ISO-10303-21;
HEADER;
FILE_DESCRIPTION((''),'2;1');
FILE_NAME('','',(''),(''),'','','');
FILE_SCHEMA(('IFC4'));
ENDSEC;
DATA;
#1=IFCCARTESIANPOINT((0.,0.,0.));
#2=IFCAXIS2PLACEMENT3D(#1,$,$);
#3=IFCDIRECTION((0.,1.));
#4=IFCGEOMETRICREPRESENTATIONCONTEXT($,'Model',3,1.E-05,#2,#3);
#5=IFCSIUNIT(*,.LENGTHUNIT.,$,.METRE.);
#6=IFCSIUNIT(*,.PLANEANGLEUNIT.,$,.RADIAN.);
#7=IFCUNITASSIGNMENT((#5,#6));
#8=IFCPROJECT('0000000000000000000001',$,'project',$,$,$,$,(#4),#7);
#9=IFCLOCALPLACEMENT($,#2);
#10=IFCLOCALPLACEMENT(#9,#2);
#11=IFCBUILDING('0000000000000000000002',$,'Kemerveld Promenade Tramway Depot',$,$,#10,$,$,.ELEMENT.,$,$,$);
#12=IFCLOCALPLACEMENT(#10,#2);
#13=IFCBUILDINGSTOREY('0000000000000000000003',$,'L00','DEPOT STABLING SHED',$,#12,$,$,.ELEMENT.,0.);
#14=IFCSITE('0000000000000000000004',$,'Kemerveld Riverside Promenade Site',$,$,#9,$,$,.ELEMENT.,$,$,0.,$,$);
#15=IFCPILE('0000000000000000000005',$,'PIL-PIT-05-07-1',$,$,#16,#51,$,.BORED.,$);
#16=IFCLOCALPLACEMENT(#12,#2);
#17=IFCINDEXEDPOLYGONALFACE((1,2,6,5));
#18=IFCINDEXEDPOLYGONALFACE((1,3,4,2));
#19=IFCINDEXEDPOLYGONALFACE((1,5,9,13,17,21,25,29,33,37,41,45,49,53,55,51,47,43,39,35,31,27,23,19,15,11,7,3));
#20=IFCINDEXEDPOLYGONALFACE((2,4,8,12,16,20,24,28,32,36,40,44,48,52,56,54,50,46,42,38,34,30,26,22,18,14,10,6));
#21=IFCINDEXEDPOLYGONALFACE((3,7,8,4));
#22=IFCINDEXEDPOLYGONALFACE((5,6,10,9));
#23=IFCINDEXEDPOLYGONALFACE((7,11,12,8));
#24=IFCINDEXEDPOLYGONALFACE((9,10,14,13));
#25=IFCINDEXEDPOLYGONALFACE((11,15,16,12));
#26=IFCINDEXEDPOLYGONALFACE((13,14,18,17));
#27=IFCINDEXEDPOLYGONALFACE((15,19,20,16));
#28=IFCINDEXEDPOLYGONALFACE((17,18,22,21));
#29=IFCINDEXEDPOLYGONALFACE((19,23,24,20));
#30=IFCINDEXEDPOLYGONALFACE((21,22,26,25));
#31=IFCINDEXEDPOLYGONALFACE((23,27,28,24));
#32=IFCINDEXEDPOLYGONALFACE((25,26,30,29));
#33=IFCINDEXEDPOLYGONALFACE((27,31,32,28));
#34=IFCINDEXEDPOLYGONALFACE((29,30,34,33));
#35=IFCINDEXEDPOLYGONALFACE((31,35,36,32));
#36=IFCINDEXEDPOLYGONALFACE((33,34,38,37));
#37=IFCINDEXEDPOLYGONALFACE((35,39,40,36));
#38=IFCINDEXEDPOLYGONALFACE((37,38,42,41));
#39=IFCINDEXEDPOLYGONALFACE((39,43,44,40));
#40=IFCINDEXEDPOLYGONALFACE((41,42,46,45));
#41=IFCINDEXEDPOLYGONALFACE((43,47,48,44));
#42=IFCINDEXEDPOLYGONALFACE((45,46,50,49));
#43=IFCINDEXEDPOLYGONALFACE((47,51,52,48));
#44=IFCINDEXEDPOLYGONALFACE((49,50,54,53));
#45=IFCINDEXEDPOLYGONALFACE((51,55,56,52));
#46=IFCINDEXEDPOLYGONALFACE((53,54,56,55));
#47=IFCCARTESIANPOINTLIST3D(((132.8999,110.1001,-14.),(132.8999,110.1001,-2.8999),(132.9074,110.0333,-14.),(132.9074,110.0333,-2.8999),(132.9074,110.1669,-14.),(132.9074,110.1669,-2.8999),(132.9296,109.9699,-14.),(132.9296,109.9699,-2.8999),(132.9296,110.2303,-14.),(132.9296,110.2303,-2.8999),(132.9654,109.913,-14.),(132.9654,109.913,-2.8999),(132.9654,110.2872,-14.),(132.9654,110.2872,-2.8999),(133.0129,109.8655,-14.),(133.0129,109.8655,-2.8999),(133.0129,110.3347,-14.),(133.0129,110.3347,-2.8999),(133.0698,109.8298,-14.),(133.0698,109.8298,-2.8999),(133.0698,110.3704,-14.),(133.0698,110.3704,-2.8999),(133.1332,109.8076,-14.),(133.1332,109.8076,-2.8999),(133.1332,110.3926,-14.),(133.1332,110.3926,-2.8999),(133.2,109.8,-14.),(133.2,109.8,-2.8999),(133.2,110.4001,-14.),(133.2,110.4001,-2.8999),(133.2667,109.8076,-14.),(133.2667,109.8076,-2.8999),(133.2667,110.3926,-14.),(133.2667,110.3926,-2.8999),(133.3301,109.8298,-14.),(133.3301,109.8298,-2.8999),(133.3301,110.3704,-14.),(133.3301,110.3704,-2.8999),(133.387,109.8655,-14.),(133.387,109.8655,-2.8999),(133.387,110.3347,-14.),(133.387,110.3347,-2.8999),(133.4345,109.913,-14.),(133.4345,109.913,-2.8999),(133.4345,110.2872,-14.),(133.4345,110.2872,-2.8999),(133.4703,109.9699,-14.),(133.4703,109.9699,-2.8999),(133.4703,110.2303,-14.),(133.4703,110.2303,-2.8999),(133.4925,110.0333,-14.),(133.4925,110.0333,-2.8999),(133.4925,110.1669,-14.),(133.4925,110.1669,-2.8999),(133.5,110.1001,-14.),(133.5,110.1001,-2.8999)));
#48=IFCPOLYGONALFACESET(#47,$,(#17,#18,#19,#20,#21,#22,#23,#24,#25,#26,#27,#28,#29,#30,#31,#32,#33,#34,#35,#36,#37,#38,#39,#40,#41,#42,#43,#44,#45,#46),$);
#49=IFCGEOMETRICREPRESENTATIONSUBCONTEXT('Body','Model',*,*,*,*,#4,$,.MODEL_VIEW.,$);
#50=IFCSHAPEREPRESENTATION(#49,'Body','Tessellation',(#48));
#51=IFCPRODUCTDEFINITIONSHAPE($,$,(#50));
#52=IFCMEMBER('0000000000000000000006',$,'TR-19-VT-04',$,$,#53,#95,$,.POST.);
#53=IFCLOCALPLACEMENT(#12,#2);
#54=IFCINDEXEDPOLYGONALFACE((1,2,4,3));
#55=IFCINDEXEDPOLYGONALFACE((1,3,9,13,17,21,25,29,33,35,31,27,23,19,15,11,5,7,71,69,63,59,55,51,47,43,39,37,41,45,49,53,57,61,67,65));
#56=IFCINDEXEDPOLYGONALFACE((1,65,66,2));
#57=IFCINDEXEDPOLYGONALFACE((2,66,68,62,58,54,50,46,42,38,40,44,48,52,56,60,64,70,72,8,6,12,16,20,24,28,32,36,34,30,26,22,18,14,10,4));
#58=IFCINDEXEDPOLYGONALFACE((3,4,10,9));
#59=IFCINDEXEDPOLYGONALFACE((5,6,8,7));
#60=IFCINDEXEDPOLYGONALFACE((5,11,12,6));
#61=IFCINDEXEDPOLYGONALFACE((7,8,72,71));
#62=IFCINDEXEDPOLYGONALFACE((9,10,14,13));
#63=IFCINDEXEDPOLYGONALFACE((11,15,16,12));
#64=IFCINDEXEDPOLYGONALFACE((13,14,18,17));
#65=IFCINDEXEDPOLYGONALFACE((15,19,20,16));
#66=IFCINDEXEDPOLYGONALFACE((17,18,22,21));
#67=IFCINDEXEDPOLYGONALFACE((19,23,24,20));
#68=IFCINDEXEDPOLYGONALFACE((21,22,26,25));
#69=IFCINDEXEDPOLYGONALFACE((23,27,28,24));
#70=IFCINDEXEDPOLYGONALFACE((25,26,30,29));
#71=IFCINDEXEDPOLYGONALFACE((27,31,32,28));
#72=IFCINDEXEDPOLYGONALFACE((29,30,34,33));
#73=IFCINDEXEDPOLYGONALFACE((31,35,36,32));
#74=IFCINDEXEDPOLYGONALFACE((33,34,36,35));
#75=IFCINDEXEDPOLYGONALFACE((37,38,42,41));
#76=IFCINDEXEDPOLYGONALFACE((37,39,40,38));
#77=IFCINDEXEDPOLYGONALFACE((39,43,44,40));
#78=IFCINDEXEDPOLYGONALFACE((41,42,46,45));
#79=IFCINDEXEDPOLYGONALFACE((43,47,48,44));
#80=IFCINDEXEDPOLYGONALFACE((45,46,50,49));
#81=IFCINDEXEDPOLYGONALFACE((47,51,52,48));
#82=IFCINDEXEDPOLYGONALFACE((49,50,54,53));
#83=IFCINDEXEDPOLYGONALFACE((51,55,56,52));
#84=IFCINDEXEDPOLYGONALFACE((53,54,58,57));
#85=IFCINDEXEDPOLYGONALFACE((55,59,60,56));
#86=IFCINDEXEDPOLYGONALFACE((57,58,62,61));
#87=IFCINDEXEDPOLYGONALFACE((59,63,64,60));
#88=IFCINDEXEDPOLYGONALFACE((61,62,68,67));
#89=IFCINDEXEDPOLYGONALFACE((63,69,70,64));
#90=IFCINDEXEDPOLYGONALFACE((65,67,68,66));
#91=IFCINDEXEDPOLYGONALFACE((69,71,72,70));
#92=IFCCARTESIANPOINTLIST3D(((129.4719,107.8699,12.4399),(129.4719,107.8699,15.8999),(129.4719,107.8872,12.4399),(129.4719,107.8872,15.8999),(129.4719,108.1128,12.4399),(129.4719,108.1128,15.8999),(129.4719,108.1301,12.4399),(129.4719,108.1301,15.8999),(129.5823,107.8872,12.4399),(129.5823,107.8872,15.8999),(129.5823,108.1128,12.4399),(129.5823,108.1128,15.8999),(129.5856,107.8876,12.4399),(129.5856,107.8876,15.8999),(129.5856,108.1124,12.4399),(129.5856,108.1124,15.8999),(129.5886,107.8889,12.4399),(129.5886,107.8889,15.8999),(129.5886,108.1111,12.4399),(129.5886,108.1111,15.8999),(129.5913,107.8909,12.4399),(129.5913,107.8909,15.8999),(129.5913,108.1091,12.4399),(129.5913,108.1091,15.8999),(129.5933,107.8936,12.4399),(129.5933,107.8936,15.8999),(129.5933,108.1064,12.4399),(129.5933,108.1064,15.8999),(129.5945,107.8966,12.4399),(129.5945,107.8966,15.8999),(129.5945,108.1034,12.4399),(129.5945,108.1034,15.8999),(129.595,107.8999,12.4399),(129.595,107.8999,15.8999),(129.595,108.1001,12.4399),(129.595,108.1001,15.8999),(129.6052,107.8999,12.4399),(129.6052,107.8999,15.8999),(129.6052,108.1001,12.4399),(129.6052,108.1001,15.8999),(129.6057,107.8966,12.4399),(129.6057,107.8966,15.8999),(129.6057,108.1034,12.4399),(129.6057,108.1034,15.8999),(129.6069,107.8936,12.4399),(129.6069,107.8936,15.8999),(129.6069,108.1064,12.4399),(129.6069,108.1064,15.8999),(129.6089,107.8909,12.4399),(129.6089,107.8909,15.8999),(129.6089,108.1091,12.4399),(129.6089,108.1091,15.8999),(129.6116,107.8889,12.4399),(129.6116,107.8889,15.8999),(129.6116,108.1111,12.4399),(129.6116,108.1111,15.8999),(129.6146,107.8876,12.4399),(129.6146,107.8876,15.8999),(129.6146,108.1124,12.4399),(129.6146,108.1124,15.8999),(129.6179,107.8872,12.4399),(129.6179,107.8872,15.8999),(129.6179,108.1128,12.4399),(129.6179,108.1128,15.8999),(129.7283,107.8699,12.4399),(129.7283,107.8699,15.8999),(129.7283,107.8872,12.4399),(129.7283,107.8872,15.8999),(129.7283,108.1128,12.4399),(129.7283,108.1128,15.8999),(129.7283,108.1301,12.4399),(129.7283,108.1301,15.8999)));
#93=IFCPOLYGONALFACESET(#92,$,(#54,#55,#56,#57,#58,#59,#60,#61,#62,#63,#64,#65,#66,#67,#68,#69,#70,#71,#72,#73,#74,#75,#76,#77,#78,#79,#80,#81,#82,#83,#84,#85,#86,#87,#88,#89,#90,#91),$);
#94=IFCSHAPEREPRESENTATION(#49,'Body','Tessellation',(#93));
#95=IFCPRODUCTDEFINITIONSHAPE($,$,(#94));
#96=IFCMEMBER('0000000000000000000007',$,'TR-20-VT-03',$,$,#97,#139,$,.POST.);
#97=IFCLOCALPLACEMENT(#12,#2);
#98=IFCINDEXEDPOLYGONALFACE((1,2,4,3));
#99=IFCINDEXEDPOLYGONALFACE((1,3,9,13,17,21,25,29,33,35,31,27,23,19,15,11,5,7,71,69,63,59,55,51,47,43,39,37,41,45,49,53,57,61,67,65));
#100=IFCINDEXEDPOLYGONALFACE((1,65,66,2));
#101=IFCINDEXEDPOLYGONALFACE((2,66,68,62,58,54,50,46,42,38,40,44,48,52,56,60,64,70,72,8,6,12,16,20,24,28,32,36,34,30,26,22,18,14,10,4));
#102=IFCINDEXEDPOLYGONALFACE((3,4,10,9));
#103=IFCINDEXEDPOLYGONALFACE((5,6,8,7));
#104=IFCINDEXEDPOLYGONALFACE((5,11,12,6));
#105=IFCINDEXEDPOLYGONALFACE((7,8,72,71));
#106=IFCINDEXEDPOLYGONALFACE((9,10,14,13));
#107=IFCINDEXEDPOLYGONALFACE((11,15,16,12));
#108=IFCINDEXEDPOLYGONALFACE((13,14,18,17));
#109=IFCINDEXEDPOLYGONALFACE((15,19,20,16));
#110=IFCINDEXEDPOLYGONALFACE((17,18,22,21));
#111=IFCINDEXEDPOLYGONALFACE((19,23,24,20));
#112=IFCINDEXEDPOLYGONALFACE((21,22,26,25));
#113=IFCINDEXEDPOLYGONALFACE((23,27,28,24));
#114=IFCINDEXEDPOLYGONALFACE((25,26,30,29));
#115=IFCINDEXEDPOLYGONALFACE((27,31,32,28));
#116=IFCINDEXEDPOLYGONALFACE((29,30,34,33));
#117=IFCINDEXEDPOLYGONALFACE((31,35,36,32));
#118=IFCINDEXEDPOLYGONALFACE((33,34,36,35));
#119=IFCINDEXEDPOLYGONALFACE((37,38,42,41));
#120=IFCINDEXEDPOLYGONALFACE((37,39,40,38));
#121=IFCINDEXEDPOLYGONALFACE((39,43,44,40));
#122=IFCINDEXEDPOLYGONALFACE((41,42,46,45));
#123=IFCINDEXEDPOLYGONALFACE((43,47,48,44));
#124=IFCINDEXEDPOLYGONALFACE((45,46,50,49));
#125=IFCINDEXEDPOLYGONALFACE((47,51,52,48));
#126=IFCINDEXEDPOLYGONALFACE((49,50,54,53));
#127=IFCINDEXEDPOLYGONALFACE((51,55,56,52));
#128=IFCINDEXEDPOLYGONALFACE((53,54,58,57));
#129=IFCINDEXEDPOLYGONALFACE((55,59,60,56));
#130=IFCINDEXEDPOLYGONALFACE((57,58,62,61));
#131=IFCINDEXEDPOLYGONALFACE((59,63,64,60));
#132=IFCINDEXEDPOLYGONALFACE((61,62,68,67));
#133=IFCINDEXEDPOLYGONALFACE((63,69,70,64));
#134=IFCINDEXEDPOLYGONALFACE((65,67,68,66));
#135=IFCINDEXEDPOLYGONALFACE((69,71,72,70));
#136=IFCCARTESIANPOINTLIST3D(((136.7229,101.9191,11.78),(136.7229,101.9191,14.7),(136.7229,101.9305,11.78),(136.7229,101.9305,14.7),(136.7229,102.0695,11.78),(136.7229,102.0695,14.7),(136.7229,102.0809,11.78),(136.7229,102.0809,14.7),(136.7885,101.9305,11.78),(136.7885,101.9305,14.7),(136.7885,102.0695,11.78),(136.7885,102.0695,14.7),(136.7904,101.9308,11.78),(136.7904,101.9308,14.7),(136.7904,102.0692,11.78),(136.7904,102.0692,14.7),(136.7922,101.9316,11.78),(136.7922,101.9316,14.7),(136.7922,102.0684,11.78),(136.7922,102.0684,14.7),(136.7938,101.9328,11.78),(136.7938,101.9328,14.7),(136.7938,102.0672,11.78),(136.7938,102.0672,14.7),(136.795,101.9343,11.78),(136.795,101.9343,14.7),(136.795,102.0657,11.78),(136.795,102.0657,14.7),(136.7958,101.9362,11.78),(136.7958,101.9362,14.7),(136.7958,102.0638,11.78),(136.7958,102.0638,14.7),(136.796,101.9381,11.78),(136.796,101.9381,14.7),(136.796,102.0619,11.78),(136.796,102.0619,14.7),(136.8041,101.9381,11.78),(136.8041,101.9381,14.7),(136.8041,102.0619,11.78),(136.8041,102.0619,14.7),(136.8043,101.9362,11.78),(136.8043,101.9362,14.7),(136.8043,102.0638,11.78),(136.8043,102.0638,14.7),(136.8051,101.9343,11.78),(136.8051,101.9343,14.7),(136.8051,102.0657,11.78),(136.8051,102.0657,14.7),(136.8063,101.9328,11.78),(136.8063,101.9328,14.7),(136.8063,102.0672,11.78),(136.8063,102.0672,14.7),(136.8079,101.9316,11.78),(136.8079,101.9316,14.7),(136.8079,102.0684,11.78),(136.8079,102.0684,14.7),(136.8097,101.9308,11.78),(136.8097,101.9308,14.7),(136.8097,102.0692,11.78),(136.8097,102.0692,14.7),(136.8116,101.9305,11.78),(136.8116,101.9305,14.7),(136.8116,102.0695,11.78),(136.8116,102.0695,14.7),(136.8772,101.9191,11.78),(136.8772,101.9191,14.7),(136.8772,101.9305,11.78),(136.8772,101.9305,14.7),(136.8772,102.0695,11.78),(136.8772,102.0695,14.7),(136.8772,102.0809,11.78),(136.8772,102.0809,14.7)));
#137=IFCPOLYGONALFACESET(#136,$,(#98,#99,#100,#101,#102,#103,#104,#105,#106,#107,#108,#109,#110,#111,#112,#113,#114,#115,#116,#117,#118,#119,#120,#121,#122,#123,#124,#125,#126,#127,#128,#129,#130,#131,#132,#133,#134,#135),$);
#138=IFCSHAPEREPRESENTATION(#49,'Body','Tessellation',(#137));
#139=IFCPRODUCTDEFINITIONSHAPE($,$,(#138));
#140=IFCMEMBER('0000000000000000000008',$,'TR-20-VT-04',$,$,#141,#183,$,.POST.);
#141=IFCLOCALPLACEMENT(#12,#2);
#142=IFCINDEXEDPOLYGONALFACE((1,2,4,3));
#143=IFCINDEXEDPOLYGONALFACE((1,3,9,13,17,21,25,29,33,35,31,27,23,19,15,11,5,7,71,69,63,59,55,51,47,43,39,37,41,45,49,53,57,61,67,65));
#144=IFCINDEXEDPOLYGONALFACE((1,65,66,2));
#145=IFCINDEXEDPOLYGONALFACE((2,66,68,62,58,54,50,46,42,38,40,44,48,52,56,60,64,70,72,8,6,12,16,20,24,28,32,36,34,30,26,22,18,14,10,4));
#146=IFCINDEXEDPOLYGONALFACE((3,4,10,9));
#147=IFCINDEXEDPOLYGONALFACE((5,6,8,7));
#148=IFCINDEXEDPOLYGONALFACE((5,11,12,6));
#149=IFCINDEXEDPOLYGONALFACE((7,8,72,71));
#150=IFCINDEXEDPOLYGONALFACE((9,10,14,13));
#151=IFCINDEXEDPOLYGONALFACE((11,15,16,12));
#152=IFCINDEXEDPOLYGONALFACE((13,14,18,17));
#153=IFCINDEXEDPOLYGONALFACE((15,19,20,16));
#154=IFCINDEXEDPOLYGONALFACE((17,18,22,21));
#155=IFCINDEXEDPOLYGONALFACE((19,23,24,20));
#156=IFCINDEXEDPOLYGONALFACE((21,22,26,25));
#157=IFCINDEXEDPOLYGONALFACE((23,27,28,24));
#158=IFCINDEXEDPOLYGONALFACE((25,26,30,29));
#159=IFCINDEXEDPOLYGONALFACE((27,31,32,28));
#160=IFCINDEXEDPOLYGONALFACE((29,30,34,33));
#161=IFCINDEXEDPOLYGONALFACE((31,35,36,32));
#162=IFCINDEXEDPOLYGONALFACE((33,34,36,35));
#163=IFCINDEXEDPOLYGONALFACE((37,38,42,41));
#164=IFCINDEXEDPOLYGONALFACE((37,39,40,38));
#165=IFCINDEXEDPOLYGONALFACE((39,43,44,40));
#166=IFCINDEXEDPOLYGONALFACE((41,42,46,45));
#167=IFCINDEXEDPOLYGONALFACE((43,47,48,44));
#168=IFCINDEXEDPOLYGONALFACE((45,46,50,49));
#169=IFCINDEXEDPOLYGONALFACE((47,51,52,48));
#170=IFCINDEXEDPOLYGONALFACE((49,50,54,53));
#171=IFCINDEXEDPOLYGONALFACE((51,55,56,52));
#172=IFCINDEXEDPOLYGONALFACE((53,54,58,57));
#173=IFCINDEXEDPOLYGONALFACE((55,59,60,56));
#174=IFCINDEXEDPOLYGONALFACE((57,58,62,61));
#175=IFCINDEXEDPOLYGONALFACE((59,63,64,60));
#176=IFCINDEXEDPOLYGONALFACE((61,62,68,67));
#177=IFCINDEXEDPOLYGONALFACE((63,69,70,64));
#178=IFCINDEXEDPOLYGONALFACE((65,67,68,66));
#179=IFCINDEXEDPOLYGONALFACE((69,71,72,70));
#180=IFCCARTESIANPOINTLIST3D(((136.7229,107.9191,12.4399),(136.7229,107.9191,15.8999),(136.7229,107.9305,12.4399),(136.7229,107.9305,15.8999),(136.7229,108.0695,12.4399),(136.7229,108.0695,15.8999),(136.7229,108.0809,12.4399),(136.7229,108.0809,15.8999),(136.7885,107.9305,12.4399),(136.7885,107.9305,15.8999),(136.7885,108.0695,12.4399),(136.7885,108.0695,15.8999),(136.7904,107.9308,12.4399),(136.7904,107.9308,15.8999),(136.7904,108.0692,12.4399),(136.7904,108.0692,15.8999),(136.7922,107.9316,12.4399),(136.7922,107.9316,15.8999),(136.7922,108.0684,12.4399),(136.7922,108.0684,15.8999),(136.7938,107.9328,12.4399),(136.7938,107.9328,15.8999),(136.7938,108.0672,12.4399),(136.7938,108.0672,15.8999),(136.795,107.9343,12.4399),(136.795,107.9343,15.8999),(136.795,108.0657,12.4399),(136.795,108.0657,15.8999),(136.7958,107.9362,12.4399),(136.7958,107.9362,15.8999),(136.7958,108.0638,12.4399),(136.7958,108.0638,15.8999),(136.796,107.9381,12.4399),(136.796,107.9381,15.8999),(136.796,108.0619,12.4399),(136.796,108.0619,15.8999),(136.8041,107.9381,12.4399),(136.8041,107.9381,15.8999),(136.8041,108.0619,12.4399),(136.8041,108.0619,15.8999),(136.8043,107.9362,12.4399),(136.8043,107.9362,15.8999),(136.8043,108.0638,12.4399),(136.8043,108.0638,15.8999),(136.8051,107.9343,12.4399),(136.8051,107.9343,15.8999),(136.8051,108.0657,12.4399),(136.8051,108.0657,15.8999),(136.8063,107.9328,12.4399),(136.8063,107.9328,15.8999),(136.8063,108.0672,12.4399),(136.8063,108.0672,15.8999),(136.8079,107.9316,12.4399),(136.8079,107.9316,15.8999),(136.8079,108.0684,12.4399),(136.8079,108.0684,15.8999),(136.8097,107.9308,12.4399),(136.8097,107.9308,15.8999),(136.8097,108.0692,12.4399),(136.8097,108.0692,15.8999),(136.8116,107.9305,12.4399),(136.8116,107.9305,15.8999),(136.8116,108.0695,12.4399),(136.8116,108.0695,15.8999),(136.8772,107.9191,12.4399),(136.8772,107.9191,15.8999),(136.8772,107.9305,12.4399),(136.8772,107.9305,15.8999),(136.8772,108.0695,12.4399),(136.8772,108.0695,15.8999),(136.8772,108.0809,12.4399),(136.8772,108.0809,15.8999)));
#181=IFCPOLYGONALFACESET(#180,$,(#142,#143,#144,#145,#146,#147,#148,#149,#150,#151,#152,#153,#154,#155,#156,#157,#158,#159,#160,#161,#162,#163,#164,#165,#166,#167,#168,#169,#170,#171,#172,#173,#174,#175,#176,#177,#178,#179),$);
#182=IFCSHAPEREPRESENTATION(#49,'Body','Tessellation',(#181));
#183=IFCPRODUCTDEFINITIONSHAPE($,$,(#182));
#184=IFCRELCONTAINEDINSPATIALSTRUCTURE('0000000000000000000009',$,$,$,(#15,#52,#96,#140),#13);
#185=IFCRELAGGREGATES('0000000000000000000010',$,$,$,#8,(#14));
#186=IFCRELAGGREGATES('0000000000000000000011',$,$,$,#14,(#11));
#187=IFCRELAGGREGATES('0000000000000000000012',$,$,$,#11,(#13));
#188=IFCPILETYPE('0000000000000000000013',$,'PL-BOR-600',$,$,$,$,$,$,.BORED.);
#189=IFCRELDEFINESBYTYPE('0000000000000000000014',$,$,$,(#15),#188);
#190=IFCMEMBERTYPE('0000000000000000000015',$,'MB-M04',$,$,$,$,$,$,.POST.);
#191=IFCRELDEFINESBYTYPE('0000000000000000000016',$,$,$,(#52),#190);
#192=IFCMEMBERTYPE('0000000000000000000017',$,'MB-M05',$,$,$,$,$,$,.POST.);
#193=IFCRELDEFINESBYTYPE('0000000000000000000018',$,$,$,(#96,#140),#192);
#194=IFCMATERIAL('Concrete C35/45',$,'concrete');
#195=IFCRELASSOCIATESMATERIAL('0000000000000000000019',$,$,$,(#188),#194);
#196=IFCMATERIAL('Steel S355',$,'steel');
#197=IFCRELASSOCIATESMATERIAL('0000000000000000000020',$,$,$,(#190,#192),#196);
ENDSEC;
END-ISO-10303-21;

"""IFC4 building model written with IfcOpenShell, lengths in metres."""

from ifc_helpers import new_model, si_unit, direction, frame, origin, origin_2d, place, context, subcontext, project, spatial, circle, i_section, extrude, material, material_profile, profile_set, type_object, element, save


model = new_model("IFC4")

# Units and contexts
model_context = context("Model", 3, precision=1e-05, world=origin(), true_north=direction((0.0, 1.0)))
body_context = subcontext(model_context, "Body", "Model", "MODEL_VIEW")
ifc_project = project(units=[si_unit("LENGTHUNIT", "METRE"), si_unit("PLANEANGLEUNIT", "RADIAN")], contexts=[model_context])

# Site, building, storey
site_placement = place(None, origin())
site = spatial("IfcSite", under=ifc_project, at=site_placement, Name="Kemerveld Riverside Promenade Site", CompositionType="ELEMENT", RefElevation=0.0)
building_placement = place(site_placement, origin())
building = spatial("IfcBuilding", under=site, at=building_placement, Name="Kemerveld Promenade Tramway Depot", CompositionType="ELEMENT")
storey_placement = place(building_placement, origin())
storey = spatial("IfcBuildingStorey", under=building, at=storey_placement, Name="L00", Description="DEPOT STABLING SHED", CompositionType="ELEMENT", Elevation=0.0)

# Shared definitions
ifc_material_1 = material(Name="Concrete C35/45", Category="concrete")

# Pile
ifc_material_profile_1 = material_profile(ifc_material_1, circle(Radius=0.3, at=origin_2d()), Name="PILE-D600")
ifc_profile_set_1 = profile_set([ifc_material_profile_1], Name="Concrete C35/45")
pile_type = type_object("IfcPileType", Name="PL-BOR-600", PredefinedType="BORED", material=ifc_profile_set_1)
for number, where, z_axis, x_axis, name in (
    (1, (133.2, 110.1001, -2.8999), (0.0, 0.0, -1.0), (1.0, 0.0, 0.0), "PIL-PIT-05-07-1"),
):
    element("IfcPile", number, at=place(storey_placement, frame(where, z_axis=z_axis, x_axis=x_axis)), inside=storey, type_object=pile_type, Name=name, PredefinedType="BORED", context=body_context, shape_type="SweptSolid", body=[
        extrude(circle(Radius=0.3, at=origin_2d()), origin(), (0.0, 0.0, 1.0), 11.1001),
    ])

# Members
ifc_material_2 = material(Name="Steel S355", Category="steel")
ifc_material_profile_2 = material_profile(ifc_material_2, i_section(OverallWidth=0.2563, OverallDepth=0.2603, WebThickness=0.0103, FlangeThickness=0.0173, FilletRadius=0.0127, at=origin_2d()), Name="254x254x89 UC")
ifc_profile_set_2 = profile_set([ifc_material_profile_2], Name="Steel S355")
member_type_1 = type_object("IfcMemberType", Name="MB-M04", PredefinedType="POST", material=ifc_profile_set_2)
member_1_placement = place(storey_placement, frame((129.6001, 108.0, 12.4399), z_axis=(0.0, 0.0, 1.0), x_axis=(1.0, 0.0, 0.0)))
element("IfcMember", 2, at=member_1_placement, inside=storey, type_object=member_type_1, Name="TR-19-VT-04", PredefinedType="POST", context=body_context, shape_type="SweptSolid", body=[
    extrude(i_section(OverallWidth=0.2563, OverallDepth=0.2603, WebThickness=0.0103, FlangeThickness=0.0173, FilletRadius=0.0127, at=origin_2d()), origin(), (0.0, 0.0, 1.0), 3.46),
])
ifc_material_profile_3 = material_profile(ifc_material_2, i_section(OverallWidth=0.1543, OverallDepth=0.1619, WebThickness=0.0081, FlangeThickness=0.0115, FilletRadius=0.0076, at=origin_2d()), Name="152x152x37 UC")
ifc_profile_set_3 = profile_set([ifc_material_profile_3], Name="Steel S355")
member_type_2 = type_object("IfcMemberType", Name="MB-M05", PredefinedType="POST", material=ifc_profile_set_3)
member_2_placement = place(storey_placement, frame((136.8, 102.0, 11.78), z_axis=(0.0, 0.0, 1.0), x_axis=(1.0, 0.0, 0.0)))
element("IfcMember", 3, at=member_2_placement, inside=storey, type_object=member_type_2, Name="TR-20-VT-03", PredefinedType="POST", context=body_context, shape_type="SweptSolid", body=[
    extrude(i_section(OverallWidth=0.1543, OverallDepth=0.1619, WebThickness=0.0081, FlangeThickness=0.0115, FilletRadius=0.0076, at=origin_2d()), origin(), (0.0, 0.0, 1.0), 2.9199),
])
member_3_placement = place(storey_placement, frame((136.8, 108.0, 12.4399), z_axis=(0.0, 0.0, 1.0), x_axis=(1.0, 0.0, 0.0)))
element("IfcMember", 4, at=member_3_placement, inside=storey, type_object=member_type_2, Name="TR-20-VT-04", PredefinedType="POST", context=body_context, shape_type="SweptSolid", body=[
    extrude(i_section(OverallWidth=0.1543, OverallDepth=0.1619, WebThickness=0.0081, FlangeThickness=0.0115, FilletRadius=0.0076, at=origin_2d()), origin(), (0.0, 0.0, 1.0), 3.46),
])

save(model, "model.ifc")
